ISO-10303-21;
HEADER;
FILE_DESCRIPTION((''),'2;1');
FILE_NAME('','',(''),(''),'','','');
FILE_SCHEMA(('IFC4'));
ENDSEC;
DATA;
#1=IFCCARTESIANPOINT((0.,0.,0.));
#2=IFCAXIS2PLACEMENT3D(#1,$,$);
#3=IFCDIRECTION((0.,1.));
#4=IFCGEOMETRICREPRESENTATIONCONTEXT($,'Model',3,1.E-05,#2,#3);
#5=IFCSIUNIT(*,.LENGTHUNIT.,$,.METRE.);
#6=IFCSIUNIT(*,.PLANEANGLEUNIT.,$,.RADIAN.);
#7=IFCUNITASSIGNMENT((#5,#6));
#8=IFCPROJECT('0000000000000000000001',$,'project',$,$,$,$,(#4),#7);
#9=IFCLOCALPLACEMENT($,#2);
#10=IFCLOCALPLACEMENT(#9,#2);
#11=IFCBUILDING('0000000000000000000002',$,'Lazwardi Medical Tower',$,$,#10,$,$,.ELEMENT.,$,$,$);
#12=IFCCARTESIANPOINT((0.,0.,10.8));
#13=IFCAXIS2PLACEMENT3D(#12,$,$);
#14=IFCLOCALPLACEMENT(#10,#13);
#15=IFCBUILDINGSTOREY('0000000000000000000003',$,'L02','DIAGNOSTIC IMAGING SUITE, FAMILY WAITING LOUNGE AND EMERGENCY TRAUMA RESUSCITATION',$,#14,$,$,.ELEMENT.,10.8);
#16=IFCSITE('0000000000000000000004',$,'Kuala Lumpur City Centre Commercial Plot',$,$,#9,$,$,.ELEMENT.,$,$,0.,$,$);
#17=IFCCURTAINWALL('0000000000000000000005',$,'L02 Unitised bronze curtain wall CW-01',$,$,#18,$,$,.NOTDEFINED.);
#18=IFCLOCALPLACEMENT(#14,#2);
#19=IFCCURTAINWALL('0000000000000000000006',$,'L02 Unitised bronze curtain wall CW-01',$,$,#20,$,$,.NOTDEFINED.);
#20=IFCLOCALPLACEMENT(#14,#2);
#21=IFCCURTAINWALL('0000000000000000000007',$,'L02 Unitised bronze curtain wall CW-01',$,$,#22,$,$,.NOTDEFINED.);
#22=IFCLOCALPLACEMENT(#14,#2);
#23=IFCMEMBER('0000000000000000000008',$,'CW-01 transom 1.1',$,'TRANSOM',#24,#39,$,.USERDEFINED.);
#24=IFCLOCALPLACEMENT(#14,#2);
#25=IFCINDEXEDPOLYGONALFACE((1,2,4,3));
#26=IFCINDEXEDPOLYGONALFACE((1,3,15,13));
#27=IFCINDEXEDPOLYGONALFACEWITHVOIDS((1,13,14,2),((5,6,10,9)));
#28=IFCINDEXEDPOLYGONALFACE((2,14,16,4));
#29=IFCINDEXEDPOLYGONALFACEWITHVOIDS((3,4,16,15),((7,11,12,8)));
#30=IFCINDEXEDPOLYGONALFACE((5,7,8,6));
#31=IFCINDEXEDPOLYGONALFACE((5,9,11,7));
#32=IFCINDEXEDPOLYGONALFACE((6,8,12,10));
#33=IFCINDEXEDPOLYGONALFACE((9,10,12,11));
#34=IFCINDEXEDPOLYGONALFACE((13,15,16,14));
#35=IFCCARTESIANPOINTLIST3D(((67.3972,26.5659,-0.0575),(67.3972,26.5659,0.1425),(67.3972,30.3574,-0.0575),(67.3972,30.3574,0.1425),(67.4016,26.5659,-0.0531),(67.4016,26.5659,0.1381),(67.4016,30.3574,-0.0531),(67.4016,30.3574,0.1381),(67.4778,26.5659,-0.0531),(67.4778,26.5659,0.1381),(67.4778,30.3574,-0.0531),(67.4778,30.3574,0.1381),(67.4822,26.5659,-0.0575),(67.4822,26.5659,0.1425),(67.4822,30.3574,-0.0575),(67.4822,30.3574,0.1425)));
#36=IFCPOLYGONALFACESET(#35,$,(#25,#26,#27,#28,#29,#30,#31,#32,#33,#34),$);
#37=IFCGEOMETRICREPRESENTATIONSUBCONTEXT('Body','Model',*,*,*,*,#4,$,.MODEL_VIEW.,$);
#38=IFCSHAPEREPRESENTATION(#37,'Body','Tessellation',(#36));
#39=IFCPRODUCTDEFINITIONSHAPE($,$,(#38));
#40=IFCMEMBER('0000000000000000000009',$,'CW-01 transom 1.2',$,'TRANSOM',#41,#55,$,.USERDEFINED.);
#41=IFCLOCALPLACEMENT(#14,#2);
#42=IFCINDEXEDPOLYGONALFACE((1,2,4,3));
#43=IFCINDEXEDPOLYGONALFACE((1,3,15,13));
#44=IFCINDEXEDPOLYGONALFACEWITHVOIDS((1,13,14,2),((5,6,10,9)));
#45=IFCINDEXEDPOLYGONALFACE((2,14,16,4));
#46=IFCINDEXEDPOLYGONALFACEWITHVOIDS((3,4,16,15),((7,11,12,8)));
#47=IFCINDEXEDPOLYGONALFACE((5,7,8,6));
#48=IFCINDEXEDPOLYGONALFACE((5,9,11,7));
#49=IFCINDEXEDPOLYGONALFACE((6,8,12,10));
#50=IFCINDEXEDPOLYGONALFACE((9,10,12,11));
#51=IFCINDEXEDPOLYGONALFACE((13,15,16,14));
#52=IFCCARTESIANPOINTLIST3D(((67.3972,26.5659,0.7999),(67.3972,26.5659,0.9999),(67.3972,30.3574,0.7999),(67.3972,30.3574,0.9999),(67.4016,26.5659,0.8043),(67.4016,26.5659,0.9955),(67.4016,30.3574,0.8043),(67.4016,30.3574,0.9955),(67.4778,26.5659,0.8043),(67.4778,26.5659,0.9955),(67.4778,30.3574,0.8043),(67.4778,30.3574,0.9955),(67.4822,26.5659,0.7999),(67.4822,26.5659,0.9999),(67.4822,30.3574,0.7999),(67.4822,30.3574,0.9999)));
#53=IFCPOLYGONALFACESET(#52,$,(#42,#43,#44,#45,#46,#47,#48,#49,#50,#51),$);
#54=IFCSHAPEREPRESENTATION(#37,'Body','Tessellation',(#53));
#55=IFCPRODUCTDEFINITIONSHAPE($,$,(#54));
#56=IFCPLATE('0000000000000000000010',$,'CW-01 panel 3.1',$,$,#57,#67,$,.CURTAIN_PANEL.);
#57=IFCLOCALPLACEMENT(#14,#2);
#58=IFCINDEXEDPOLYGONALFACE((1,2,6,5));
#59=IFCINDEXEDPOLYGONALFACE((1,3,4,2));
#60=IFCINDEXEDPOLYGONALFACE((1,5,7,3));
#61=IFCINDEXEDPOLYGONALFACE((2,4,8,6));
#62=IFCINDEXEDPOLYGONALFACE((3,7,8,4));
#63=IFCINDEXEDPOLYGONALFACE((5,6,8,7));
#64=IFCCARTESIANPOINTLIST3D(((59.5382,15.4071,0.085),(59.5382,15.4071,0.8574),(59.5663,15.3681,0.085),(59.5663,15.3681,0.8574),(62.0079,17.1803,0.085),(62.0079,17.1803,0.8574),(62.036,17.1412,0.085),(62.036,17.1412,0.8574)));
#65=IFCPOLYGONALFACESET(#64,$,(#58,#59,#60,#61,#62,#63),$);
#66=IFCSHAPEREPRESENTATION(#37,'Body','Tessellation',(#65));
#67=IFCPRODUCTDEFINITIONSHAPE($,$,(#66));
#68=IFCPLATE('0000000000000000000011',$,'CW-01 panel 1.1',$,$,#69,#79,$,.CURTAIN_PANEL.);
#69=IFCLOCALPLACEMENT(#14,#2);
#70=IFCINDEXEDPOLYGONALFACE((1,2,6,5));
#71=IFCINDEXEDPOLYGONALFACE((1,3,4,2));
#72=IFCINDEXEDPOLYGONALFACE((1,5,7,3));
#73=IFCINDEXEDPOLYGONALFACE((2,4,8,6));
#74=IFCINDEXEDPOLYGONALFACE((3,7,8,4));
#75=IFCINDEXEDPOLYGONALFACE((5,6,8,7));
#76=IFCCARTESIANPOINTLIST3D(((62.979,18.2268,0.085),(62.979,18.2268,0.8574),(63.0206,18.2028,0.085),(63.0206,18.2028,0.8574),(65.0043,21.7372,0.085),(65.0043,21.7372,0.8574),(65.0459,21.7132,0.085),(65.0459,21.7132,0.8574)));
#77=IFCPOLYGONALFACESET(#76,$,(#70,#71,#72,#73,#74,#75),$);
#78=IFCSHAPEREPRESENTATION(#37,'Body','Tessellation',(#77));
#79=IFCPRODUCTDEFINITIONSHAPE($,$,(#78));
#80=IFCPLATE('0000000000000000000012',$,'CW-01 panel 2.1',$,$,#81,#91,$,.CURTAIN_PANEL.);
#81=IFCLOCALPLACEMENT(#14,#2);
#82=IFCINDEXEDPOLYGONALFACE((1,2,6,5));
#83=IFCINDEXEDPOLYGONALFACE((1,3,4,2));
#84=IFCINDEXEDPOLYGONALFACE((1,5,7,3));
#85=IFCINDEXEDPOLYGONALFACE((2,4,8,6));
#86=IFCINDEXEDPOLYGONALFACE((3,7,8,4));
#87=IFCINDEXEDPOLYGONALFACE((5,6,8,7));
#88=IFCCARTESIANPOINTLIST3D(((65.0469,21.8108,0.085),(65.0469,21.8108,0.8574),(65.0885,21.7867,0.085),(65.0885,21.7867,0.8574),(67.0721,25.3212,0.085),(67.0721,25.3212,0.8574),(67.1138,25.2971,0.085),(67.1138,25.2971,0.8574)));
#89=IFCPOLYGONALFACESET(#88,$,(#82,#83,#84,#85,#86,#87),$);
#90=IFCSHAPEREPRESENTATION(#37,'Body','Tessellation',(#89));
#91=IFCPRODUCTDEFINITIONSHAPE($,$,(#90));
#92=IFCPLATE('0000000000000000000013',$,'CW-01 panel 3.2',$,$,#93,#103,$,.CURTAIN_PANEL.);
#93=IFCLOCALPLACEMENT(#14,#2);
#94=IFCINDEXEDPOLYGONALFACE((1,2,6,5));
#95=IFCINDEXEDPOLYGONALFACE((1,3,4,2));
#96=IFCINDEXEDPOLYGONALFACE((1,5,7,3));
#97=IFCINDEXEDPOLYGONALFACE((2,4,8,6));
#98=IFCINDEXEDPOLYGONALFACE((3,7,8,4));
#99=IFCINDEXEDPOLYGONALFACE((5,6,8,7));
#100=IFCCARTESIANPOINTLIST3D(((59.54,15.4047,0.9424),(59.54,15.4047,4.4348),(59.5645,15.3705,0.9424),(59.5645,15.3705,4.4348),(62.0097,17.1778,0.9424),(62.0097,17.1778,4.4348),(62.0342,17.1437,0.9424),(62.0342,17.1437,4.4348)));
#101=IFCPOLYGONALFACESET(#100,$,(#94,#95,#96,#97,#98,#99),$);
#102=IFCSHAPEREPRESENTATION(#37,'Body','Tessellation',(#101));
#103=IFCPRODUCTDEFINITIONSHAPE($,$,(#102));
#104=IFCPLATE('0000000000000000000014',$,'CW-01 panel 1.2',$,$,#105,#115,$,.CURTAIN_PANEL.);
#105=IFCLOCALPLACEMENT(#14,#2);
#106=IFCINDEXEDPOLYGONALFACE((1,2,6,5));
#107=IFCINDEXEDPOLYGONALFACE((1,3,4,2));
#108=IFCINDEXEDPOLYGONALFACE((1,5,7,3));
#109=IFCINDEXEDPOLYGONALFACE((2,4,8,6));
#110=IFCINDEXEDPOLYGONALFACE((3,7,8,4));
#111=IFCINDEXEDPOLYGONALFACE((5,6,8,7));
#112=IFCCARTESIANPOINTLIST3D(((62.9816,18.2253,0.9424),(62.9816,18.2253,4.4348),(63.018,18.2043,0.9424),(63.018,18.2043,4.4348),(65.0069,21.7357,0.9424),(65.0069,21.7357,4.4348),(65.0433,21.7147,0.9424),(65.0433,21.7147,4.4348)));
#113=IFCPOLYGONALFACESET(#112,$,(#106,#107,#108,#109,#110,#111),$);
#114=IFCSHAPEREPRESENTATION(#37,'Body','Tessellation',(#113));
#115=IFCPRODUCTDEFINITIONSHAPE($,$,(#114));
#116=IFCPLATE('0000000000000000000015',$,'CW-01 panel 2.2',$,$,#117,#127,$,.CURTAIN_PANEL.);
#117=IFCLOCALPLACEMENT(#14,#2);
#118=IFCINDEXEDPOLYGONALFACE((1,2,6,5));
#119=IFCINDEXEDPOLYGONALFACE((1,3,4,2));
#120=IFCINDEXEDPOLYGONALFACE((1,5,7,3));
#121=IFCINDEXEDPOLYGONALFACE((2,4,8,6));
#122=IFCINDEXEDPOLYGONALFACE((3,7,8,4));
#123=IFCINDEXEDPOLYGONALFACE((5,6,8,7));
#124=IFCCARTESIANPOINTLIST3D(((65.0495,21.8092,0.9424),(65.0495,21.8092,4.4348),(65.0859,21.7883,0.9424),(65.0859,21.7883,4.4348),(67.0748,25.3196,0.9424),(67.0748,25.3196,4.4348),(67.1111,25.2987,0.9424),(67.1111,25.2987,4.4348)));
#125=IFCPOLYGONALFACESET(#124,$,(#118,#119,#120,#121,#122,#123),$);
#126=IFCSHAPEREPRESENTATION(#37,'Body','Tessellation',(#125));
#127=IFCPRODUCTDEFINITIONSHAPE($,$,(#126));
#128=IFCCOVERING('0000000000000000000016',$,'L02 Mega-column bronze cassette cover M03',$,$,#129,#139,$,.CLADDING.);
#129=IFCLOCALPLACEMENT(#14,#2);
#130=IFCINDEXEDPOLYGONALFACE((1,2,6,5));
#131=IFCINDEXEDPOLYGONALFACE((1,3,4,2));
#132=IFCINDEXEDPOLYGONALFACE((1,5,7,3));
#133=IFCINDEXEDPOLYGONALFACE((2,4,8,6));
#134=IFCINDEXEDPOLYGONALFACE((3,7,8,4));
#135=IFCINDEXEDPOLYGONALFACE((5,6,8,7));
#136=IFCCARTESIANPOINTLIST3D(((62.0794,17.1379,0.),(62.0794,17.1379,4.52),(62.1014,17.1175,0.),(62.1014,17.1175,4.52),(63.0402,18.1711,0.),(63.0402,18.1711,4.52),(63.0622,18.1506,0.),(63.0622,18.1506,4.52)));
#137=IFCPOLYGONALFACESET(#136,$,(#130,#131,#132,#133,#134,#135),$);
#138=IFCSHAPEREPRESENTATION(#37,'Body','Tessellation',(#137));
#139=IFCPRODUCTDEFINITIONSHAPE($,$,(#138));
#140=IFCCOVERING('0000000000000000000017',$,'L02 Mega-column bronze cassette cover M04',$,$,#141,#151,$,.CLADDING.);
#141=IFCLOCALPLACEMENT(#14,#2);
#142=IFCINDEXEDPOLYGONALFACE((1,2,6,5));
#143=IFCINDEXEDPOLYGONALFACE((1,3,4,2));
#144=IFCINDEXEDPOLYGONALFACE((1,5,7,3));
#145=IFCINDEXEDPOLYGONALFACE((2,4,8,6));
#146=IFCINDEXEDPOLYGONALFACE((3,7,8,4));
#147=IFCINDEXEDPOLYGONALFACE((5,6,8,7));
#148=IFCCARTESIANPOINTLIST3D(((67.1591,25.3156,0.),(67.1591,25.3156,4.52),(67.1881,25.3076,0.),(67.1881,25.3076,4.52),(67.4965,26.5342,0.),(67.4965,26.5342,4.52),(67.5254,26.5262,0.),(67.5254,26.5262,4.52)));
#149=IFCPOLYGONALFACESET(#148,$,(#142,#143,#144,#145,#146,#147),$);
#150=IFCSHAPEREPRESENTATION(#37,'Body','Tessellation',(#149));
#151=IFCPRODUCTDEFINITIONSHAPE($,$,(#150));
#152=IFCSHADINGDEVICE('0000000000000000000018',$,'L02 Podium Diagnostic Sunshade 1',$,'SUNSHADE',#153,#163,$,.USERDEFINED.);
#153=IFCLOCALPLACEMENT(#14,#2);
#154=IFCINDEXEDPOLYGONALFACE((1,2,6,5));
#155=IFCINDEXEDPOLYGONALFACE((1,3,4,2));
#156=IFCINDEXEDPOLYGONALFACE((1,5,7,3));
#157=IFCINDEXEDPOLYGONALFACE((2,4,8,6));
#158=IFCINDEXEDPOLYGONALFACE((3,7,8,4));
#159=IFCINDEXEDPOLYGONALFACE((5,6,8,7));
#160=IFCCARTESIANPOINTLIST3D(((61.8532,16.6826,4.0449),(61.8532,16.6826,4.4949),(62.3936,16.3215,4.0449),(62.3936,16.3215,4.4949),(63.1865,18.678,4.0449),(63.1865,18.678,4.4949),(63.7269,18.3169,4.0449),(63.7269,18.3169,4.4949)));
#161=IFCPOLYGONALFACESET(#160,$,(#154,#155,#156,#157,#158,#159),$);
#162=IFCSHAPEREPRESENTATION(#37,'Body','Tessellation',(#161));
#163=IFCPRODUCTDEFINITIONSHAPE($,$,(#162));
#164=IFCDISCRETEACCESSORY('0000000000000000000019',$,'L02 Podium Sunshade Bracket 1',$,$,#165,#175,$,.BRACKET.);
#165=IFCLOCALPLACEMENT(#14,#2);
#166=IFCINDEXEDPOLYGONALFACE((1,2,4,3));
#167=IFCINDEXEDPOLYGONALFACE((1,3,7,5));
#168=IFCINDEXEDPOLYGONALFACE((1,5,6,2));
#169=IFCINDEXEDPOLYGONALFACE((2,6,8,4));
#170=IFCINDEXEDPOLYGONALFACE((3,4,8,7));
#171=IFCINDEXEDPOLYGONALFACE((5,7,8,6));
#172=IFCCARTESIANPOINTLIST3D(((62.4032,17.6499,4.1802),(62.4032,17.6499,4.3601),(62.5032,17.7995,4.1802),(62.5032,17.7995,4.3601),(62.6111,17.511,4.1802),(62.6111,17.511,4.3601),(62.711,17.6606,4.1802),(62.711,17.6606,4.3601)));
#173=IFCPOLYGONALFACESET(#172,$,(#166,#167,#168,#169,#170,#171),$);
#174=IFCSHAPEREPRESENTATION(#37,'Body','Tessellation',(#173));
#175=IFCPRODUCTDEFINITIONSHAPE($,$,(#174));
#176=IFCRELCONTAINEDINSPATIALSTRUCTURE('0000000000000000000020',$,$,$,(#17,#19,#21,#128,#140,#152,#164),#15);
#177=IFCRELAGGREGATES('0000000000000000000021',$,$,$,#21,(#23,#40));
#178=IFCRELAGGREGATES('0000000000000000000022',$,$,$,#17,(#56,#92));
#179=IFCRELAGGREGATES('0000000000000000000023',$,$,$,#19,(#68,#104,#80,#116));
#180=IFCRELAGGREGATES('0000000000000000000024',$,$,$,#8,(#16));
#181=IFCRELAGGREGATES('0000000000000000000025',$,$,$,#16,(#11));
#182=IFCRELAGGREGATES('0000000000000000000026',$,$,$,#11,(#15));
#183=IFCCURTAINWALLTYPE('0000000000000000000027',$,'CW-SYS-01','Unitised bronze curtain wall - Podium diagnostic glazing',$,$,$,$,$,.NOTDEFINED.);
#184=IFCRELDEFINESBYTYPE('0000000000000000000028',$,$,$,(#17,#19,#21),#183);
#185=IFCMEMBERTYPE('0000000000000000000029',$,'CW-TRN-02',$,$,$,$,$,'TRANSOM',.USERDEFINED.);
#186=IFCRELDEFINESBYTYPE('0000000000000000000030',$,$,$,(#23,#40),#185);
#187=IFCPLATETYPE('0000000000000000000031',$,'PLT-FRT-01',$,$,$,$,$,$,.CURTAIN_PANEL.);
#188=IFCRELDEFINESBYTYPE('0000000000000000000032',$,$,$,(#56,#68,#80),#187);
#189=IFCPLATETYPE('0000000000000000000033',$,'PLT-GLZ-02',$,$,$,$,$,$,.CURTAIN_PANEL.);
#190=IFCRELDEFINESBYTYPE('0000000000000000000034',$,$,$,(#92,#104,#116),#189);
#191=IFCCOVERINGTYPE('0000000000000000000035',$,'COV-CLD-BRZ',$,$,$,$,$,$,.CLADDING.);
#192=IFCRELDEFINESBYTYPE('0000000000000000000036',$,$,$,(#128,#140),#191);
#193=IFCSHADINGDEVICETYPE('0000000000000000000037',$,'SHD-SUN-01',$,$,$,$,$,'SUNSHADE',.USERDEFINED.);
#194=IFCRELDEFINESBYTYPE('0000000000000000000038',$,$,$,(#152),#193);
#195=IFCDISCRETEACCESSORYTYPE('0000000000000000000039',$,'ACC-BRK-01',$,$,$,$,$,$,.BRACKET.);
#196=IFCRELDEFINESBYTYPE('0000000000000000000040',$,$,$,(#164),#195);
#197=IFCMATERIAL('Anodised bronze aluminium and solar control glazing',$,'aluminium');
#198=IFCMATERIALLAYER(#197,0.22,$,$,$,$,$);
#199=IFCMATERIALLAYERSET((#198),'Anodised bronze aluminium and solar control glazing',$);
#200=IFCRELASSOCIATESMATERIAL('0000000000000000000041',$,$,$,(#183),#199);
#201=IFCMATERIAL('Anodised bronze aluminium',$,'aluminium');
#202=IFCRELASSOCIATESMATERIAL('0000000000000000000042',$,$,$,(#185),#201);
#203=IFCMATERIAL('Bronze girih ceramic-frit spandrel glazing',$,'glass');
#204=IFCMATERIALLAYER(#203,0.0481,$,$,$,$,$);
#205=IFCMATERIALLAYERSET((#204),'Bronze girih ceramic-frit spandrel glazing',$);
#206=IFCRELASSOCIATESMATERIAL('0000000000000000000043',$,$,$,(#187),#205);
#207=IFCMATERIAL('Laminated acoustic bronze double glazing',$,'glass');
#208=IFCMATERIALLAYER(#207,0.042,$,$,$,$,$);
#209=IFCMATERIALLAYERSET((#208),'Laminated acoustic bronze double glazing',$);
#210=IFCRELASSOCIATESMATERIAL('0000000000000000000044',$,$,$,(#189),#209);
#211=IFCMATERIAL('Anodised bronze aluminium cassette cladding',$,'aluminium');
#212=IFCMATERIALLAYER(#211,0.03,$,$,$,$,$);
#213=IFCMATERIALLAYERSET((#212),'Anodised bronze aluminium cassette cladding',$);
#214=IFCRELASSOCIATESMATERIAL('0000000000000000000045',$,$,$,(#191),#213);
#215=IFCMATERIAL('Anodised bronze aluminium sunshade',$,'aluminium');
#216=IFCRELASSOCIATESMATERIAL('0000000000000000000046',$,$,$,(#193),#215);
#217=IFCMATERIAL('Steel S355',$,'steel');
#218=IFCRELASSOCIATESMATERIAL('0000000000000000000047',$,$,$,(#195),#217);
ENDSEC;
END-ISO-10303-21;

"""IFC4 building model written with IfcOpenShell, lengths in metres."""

from ifc_helpers import new_model, si_unit, direction, frame, origin, origin_2d, place, context, subcontext, project, spatial, rectangle, hollow_rectangle, extrude, material, layer, layer_set, material_profile, profile_set, type_object, element, aggregate, save


model = new_model("IFC4")

# Units and contexts
model_context = context("Model", 3, precision=1e-05, world=origin(), true_north=direction((0.0, 1.0)))
body_context = subcontext(model_context, "Body", "Model", "MODEL_VIEW")
ifc_project = project(units=[si_unit("LENGTHUNIT", "METRE"), si_unit("PLANEANGLEUNIT", "RADIAN")], contexts=[model_context])

# Site, building, storey
site_placement = place(None, origin())
site = spatial("IfcSite", under=ifc_project, at=site_placement, Name="Kuala Lumpur City Centre Commercial Plot", CompositionType="ELEMENT", RefElevation=0.0)
building_placement = place(site_placement, origin())
building = spatial("IfcBuilding", under=site, at=building_placement, Name="Lazwardi Medical Tower", CompositionType="ELEMENT")
storey_placement = place(building_placement, frame((0.0, 0.0, 10.8)))
storey = spatial("IfcBuildingStorey", under=building, at=storey_placement, Name="L02", Description="DIAGNOSTIC IMAGING SUITE, FAMILY WAITING LOUNGE AND EMERGENCY TRAUMA RESUSCITATION", CompositionType="ELEMENT", Elevation=10.8)

# Shared definitions
ifc_material_1 = material(Name="Steel S355", Category="steel")

# Curtain walls
ifc_material_2 = material(Name="Anodised bronze aluminium and solar control glazing", Category="aluminium")
ifc_layer_1 = layer(ifc_material_2, 0.22)
ifc_layer_set_1 = layer_set([ifc_layer_1], Name="Anodised bronze aluminium and solar control glazing")
curtain_wall_type = type_object("IfcCurtainWallType", Name="CW-SYS-01", Description="Unitised bronze curtain wall - Podium diagnostic glazing", PredefinedType="NOTDEFINED", material=ifc_layer_set_1)
curtain_wall_1_placement = place(storey_placement, origin())
curtain_wall_1 = element("IfcCurtainWall", 1, at=curtain_wall_1_placement, inside=storey, type_object=curtain_wall_type, Name="L02 Unitised bronze curtain wall CW-01", PredefinedType="NOTDEFINED")
ifc_material_3 = material(Name="Anodised bronze aluminium", Category="aluminium")
curtain_wall_2_placement = place(storey_placement, origin())
curtain_wall_2 = element("IfcCurtainWall", 2, at=curtain_wall_2_placement, inside=storey, type_object=curtain_wall_type, Name="L02 Unitised bronze curtain wall CW-01", PredefinedType="NOTDEFINED")

# Curtain wall
curtain_wall_3_placement = place(storey_placement, origin())
curtain_wall_3 = element("IfcCurtainWall", 3, at=curtain_wall_3_placement, inside=storey, type_object=curtain_wall_type, Name="L02 Unitised bronze curtain wall CW-01", PredefinedType="NOTDEFINED")

# Members
ifc_material_profile_1 = material_profile(ifc_material_3, hollow_rectangle(XDim=0.085, YDim=0.2, WallThickness=0.0044, at=origin_2d()), Name="ALU-TRANSOM 200x85x4.5")
ifc_profile_set_1 = profile_set([ifc_material_profile_1], Name="Anodised bronze aluminium")
member_type_1 = type_object("IfcMemberType", Name="CW-TRN-02", ElementType="TRANSOM", PredefinedType="USERDEFINED", material=ifc_profile_set_1)
member_1_placement = place(storey_placement, frame((67.4397, 26.5659, 0.0425), z_axis=(0.0, 1.0, 0.0), x_axis=(-1.0, 0.0, 0.0)))
member_1 = element("IfcMember", 4, at=member_1_placement, type_object=member_type_1, Name="CW-01 transom 1.1", ObjectType="TRANSOM", PredefinedType="USERDEFINED", context=body_context, shape_type="SweptSolid", body=[
    extrude(hollow_rectangle(XDim=0.085, YDim=0.2, WallThickness=0.0044, at=origin_2d()), origin(), (0.0, 0.0, 1.0), 3.7915),
])
member_2_placement = place(storey_placement, frame((67.4397, 26.5659, 0.8999), z_axis=(0.0, 1.0, 0.0), x_axis=(-1.0, 0.0, 0.0)))
member_2 = element("IfcMember", 5, at=member_2_placement, type_object=member_type_1, Name="CW-01 transom 1.2", ObjectType="TRANSOM", PredefinedType="USERDEFINED", context=body_context, shape_type="SweptSolid", body=[
    extrude(hollow_rectangle(XDim=0.085, YDim=0.2, WallThickness=0.0044, at=origin_2d()), origin(), (0.0, 0.0, 1.0), 3.7915),
])
aggregate(curtain_wall_3, [member_1, member_2])

# Plates
ifc_material_4 = material(Name="Bronze girih ceramic-frit spandrel glazing", Category="glass")
ifc_layer_2 = layer(ifc_material_4, 0.0481)
ifc_layer_set_2 = layer_set([ifc_layer_2], Name="Bronze girih ceramic-frit spandrel glazing")
plate_type_1 = type_object("IfcPlateType", Name="PLT-FRT-01", PredefinedType="CURTAIN_PANEL", material=ifc_layer_set_2)
plate_1_placement = place(storey_placement, frame((60.7871, 16.2742, 0.085), z_axis=(0.0, 0.0, 1.0), x_axis=(0.812318, 0.583214, 0.0)))
plate_1 = element("IfcPlate", 6, at=plate_1_placement, type_object=plate_type_1, Name="CW-01 panel 3.1", PredefinedType="CURTAIN_PANEL", context=body_context, shape_type="SweptSolid", body=[
    extrude(rectangle(XDim=3.0403, YDim=0.0481, at=origin_2d()), origin(), (0.0, 0.0, 1.0), 0.7725),
])
plate_2_placement = place(storey_placement, frame((64.0125, 19.97, 0.085), z_axis=(0.0, 0.0, 1.0), x_axis=(0.499731, 0.866181, 0.0)))
plate_2 = element("IfcPlate", 7, at=plate_2_placement, type_object=plate_type_1, Name="CW-01 panel 1.1", PredefinedType="CURTAIN_PANEL", context=body_context, shape_type="SweptSolid", body=[
    extrude(rectangle(XDim=4.0527, YDim=0.0481, at=origin_2d()), origin(), (0.0, 0.0, 1.0), 0.7725),
])
plate_3_placement = place(storey_placement, frame((66.0803, 23.554, 0.085), z_axis=(0.0, 0.0, 1.0), x_axis=(0.499731, 0.866181, 0.0)))
plate_3 = element("IfcPlate", 8, at=plate_3_placement, type_object=plate_type_1, Name="CW-01 panel 2.1", PredefinedType="CURTAIN_PANEL", context=body_context, shape_type="SweptSolid", body=[
    extrude(rectangle(XDim=4.0527, YDim=0.0481, at=origin_2d()), origin(), (0.0, 0.0, 1.0), 0.7725),
])
ifc_material_5 = material(Name="Laminated acoustic bronze double glazing", Category="glass")
ifc_layer_3 = layer(ifc_material_5, 0.042)
ifc_layer_set_3 = layer_set([ifc_layer_3], Name="Laminated acoustic bronze double glazing")
plate_type_2 = type_object("IfcPlateType", Name="PLT-GLZ-02", PredefinedType="CURTAIN_PANEL", material=ifc_layer_set_3)
plate_4_placement = place(storey_placement, frame((60.7871, 16.2742, 0.9424), z_axis=(0.0, 0.0, 1.0), x_axis=(0.812318, 0.583214, 0.0)))
plate_4 = element("IfcPlate", 9, at=plate_4_placement, type_object=plate_type_2, Name="CW-01 panel 3.2", PredefinedType="CURTAIN_PANEL", context=body_context, shape_type="SweptSolid", body=[
    extrude(rectangle(XDim=3.0403, YDim=0.042, at=origin_2d()), origin(), (0.0, 0.0, 1.0), 3.4924),
])
aggregate(curtain_wall_1, [plate_1, plate_4])
plate_5_placement = place(storey_placement, frame((64.0125, 19.97, 0.9424), z_axis=(0.0, 0.0, 1.0), x_axis=(0.499731, 0.866181, 0.0)))
plate_5 = element("IfcPlate", 10, at=plate_5_placement, type_object=plate_type_2, Name="CW-01 panel 1.2", PredefinedType="CURTAIN_PANEL", context=body_context, shape_type="SweptSolid", body=[
    extrude(rectangle(XDim=4.0527, YDim=0.042, at=origin_2d()), origin(), (0.0, 0.0, 1.0), 3.4924),
])
plate_6_placement = place(storey_placement, frame((66.0803, 23.554, 0.9424), z_axis=(0.0, 0.0, 1.0), x_axis=(0.499731, 0.866181, 0.0)))
plate_6 = element("IfcPlate", 11, at=plate_6_placement, type_object=plate_type_2, Name="CW-01 panel 2.2", PredefinedType="CURTAIN_PANEL", context=body_context, shape_type="SweptSolid", body=[
    extrude(rectangle(XDim=4.0527, YDim=0.042, at=origin_2d()), origin(), (0.0, 0.0, 1.0), 3.4924),
])
aggregate(curtain_wall_2, [plate_2, plate_5, plate_3, plate_6])

# Coverings
ifc_material_6 = material(Name="Anodised bronze aluminium cassette cladding", Category="aluminium")
ifc_layer_4 = layer(ifc_material_6, 0.03)
ifc_layer_set_4 = layer_set([ifc_layer_4], Name="Anodised bronze aluminium cassette cladding")
covering_type = type_object("IfcCoveringType", Name="COV-CLD-BRZ", PredefinedType="CLADDING", material=ifc_layer_set_4)
covering_1_placement = place(storey_placement, frame((62.5708, 17.6443, 0.0), z_axis=(0.0, 0.0, 1.0), x_axis=(0.681019, 0.732266, 0.0)))
element("IfcCovering", 12, at=covering_1_placement, inside=storey, type_object=covering_type, Name="L02 Mega-column bronze cassette cover M03", PredefinedType="CLADDING", context=body_context, shape_type="SweptSolid", body=[
    extrude(rectangle(XDim=1.4109, YDim=0.03, at=origin_2d()), origin(), (0.0, 0.0, 1.0), 4.52),
])
covering_2_placement = place(storey_placement, frame((67.3423, 25.9209, 0.0), z_axis=(0.0, 0.0, 1.0), x_axis=(0.266836, 0.963742, 0.0)))
element("IfcCovering", 13, at=covering_2_placement, inside=storey, type_object=covering_type, Name="L02 Mega-column bronze cassette cover M04", PredefinedType="CLADDING", context=body_context, shape_type="SweptSolid", body=[
    extrude(rectangle(XDim=1.2644, YDim=0.03, at=origin_2d()), origin(), (0.0, 0.0, 1.0), 4.52),
])

# Shading device
ifc_material_7 = material(Name="Anodised bronze aluminium sunshade", Category="aluminium")
shading_device_type = type_object("IfcShadingDeviceType", Name="SHD-SUN-01", ElementType="SUNSHADE", PredefinedType="USERDEFINED", material=ifc_material_7)
shading_device_placement = place(storey_placement, frame((62.79, 17.4998, 4.0449), z_axis=(0.0, 0.0, 1.0), x_axis=(0.55557, 0.83147, 0.0)))
element("IfcShadingDevice", 14, at=shading_device_placement, inside=storey, type_object=shading_device_type, Name="L02 Podium Diagnostic Sunshade 1", ObjectType="SUNSHADE", PredefinedType="USERDEFINED", context=body_context, shape_type="SweptSolid", body=[
    extrude(rectangle(XDim=2.3999, YDim=0.6499, at=origin_2d()), origin(), (0.0, 0.0, 1.0), 0.45),
])

# Discrete accessory
discrete_accessory_type = type_object("IfcDiscreteAccessoryType", Name="ACC-BRK-01", PredefinedType="BRACKET", material=ifc_material_1)
discrete_accessory_placement = place(storey_placement, frame((62.5571, 17.6553, 4.1802), z_axis=(0.0, 0.0, 1.0), x_axis=(0.55557, 0.83147, 0.0)))
element("IfcDiscreteAccessory", 15, at=discrete_accessory_placement, inside=storey, type_object=discrete_accessory_type, Name="L02 Podium Sunshade Bracket 1", PredefinedType="BRACKET", context=body_context, shape_type="SweptSolid", body=[
    extrude(rectangle(XDim=0.1799, YDim=0.25, at=origin_2d()), origin(), (0.0, 0.0, 1.0), 0.1799),
])

save(model, "model.ifc")
